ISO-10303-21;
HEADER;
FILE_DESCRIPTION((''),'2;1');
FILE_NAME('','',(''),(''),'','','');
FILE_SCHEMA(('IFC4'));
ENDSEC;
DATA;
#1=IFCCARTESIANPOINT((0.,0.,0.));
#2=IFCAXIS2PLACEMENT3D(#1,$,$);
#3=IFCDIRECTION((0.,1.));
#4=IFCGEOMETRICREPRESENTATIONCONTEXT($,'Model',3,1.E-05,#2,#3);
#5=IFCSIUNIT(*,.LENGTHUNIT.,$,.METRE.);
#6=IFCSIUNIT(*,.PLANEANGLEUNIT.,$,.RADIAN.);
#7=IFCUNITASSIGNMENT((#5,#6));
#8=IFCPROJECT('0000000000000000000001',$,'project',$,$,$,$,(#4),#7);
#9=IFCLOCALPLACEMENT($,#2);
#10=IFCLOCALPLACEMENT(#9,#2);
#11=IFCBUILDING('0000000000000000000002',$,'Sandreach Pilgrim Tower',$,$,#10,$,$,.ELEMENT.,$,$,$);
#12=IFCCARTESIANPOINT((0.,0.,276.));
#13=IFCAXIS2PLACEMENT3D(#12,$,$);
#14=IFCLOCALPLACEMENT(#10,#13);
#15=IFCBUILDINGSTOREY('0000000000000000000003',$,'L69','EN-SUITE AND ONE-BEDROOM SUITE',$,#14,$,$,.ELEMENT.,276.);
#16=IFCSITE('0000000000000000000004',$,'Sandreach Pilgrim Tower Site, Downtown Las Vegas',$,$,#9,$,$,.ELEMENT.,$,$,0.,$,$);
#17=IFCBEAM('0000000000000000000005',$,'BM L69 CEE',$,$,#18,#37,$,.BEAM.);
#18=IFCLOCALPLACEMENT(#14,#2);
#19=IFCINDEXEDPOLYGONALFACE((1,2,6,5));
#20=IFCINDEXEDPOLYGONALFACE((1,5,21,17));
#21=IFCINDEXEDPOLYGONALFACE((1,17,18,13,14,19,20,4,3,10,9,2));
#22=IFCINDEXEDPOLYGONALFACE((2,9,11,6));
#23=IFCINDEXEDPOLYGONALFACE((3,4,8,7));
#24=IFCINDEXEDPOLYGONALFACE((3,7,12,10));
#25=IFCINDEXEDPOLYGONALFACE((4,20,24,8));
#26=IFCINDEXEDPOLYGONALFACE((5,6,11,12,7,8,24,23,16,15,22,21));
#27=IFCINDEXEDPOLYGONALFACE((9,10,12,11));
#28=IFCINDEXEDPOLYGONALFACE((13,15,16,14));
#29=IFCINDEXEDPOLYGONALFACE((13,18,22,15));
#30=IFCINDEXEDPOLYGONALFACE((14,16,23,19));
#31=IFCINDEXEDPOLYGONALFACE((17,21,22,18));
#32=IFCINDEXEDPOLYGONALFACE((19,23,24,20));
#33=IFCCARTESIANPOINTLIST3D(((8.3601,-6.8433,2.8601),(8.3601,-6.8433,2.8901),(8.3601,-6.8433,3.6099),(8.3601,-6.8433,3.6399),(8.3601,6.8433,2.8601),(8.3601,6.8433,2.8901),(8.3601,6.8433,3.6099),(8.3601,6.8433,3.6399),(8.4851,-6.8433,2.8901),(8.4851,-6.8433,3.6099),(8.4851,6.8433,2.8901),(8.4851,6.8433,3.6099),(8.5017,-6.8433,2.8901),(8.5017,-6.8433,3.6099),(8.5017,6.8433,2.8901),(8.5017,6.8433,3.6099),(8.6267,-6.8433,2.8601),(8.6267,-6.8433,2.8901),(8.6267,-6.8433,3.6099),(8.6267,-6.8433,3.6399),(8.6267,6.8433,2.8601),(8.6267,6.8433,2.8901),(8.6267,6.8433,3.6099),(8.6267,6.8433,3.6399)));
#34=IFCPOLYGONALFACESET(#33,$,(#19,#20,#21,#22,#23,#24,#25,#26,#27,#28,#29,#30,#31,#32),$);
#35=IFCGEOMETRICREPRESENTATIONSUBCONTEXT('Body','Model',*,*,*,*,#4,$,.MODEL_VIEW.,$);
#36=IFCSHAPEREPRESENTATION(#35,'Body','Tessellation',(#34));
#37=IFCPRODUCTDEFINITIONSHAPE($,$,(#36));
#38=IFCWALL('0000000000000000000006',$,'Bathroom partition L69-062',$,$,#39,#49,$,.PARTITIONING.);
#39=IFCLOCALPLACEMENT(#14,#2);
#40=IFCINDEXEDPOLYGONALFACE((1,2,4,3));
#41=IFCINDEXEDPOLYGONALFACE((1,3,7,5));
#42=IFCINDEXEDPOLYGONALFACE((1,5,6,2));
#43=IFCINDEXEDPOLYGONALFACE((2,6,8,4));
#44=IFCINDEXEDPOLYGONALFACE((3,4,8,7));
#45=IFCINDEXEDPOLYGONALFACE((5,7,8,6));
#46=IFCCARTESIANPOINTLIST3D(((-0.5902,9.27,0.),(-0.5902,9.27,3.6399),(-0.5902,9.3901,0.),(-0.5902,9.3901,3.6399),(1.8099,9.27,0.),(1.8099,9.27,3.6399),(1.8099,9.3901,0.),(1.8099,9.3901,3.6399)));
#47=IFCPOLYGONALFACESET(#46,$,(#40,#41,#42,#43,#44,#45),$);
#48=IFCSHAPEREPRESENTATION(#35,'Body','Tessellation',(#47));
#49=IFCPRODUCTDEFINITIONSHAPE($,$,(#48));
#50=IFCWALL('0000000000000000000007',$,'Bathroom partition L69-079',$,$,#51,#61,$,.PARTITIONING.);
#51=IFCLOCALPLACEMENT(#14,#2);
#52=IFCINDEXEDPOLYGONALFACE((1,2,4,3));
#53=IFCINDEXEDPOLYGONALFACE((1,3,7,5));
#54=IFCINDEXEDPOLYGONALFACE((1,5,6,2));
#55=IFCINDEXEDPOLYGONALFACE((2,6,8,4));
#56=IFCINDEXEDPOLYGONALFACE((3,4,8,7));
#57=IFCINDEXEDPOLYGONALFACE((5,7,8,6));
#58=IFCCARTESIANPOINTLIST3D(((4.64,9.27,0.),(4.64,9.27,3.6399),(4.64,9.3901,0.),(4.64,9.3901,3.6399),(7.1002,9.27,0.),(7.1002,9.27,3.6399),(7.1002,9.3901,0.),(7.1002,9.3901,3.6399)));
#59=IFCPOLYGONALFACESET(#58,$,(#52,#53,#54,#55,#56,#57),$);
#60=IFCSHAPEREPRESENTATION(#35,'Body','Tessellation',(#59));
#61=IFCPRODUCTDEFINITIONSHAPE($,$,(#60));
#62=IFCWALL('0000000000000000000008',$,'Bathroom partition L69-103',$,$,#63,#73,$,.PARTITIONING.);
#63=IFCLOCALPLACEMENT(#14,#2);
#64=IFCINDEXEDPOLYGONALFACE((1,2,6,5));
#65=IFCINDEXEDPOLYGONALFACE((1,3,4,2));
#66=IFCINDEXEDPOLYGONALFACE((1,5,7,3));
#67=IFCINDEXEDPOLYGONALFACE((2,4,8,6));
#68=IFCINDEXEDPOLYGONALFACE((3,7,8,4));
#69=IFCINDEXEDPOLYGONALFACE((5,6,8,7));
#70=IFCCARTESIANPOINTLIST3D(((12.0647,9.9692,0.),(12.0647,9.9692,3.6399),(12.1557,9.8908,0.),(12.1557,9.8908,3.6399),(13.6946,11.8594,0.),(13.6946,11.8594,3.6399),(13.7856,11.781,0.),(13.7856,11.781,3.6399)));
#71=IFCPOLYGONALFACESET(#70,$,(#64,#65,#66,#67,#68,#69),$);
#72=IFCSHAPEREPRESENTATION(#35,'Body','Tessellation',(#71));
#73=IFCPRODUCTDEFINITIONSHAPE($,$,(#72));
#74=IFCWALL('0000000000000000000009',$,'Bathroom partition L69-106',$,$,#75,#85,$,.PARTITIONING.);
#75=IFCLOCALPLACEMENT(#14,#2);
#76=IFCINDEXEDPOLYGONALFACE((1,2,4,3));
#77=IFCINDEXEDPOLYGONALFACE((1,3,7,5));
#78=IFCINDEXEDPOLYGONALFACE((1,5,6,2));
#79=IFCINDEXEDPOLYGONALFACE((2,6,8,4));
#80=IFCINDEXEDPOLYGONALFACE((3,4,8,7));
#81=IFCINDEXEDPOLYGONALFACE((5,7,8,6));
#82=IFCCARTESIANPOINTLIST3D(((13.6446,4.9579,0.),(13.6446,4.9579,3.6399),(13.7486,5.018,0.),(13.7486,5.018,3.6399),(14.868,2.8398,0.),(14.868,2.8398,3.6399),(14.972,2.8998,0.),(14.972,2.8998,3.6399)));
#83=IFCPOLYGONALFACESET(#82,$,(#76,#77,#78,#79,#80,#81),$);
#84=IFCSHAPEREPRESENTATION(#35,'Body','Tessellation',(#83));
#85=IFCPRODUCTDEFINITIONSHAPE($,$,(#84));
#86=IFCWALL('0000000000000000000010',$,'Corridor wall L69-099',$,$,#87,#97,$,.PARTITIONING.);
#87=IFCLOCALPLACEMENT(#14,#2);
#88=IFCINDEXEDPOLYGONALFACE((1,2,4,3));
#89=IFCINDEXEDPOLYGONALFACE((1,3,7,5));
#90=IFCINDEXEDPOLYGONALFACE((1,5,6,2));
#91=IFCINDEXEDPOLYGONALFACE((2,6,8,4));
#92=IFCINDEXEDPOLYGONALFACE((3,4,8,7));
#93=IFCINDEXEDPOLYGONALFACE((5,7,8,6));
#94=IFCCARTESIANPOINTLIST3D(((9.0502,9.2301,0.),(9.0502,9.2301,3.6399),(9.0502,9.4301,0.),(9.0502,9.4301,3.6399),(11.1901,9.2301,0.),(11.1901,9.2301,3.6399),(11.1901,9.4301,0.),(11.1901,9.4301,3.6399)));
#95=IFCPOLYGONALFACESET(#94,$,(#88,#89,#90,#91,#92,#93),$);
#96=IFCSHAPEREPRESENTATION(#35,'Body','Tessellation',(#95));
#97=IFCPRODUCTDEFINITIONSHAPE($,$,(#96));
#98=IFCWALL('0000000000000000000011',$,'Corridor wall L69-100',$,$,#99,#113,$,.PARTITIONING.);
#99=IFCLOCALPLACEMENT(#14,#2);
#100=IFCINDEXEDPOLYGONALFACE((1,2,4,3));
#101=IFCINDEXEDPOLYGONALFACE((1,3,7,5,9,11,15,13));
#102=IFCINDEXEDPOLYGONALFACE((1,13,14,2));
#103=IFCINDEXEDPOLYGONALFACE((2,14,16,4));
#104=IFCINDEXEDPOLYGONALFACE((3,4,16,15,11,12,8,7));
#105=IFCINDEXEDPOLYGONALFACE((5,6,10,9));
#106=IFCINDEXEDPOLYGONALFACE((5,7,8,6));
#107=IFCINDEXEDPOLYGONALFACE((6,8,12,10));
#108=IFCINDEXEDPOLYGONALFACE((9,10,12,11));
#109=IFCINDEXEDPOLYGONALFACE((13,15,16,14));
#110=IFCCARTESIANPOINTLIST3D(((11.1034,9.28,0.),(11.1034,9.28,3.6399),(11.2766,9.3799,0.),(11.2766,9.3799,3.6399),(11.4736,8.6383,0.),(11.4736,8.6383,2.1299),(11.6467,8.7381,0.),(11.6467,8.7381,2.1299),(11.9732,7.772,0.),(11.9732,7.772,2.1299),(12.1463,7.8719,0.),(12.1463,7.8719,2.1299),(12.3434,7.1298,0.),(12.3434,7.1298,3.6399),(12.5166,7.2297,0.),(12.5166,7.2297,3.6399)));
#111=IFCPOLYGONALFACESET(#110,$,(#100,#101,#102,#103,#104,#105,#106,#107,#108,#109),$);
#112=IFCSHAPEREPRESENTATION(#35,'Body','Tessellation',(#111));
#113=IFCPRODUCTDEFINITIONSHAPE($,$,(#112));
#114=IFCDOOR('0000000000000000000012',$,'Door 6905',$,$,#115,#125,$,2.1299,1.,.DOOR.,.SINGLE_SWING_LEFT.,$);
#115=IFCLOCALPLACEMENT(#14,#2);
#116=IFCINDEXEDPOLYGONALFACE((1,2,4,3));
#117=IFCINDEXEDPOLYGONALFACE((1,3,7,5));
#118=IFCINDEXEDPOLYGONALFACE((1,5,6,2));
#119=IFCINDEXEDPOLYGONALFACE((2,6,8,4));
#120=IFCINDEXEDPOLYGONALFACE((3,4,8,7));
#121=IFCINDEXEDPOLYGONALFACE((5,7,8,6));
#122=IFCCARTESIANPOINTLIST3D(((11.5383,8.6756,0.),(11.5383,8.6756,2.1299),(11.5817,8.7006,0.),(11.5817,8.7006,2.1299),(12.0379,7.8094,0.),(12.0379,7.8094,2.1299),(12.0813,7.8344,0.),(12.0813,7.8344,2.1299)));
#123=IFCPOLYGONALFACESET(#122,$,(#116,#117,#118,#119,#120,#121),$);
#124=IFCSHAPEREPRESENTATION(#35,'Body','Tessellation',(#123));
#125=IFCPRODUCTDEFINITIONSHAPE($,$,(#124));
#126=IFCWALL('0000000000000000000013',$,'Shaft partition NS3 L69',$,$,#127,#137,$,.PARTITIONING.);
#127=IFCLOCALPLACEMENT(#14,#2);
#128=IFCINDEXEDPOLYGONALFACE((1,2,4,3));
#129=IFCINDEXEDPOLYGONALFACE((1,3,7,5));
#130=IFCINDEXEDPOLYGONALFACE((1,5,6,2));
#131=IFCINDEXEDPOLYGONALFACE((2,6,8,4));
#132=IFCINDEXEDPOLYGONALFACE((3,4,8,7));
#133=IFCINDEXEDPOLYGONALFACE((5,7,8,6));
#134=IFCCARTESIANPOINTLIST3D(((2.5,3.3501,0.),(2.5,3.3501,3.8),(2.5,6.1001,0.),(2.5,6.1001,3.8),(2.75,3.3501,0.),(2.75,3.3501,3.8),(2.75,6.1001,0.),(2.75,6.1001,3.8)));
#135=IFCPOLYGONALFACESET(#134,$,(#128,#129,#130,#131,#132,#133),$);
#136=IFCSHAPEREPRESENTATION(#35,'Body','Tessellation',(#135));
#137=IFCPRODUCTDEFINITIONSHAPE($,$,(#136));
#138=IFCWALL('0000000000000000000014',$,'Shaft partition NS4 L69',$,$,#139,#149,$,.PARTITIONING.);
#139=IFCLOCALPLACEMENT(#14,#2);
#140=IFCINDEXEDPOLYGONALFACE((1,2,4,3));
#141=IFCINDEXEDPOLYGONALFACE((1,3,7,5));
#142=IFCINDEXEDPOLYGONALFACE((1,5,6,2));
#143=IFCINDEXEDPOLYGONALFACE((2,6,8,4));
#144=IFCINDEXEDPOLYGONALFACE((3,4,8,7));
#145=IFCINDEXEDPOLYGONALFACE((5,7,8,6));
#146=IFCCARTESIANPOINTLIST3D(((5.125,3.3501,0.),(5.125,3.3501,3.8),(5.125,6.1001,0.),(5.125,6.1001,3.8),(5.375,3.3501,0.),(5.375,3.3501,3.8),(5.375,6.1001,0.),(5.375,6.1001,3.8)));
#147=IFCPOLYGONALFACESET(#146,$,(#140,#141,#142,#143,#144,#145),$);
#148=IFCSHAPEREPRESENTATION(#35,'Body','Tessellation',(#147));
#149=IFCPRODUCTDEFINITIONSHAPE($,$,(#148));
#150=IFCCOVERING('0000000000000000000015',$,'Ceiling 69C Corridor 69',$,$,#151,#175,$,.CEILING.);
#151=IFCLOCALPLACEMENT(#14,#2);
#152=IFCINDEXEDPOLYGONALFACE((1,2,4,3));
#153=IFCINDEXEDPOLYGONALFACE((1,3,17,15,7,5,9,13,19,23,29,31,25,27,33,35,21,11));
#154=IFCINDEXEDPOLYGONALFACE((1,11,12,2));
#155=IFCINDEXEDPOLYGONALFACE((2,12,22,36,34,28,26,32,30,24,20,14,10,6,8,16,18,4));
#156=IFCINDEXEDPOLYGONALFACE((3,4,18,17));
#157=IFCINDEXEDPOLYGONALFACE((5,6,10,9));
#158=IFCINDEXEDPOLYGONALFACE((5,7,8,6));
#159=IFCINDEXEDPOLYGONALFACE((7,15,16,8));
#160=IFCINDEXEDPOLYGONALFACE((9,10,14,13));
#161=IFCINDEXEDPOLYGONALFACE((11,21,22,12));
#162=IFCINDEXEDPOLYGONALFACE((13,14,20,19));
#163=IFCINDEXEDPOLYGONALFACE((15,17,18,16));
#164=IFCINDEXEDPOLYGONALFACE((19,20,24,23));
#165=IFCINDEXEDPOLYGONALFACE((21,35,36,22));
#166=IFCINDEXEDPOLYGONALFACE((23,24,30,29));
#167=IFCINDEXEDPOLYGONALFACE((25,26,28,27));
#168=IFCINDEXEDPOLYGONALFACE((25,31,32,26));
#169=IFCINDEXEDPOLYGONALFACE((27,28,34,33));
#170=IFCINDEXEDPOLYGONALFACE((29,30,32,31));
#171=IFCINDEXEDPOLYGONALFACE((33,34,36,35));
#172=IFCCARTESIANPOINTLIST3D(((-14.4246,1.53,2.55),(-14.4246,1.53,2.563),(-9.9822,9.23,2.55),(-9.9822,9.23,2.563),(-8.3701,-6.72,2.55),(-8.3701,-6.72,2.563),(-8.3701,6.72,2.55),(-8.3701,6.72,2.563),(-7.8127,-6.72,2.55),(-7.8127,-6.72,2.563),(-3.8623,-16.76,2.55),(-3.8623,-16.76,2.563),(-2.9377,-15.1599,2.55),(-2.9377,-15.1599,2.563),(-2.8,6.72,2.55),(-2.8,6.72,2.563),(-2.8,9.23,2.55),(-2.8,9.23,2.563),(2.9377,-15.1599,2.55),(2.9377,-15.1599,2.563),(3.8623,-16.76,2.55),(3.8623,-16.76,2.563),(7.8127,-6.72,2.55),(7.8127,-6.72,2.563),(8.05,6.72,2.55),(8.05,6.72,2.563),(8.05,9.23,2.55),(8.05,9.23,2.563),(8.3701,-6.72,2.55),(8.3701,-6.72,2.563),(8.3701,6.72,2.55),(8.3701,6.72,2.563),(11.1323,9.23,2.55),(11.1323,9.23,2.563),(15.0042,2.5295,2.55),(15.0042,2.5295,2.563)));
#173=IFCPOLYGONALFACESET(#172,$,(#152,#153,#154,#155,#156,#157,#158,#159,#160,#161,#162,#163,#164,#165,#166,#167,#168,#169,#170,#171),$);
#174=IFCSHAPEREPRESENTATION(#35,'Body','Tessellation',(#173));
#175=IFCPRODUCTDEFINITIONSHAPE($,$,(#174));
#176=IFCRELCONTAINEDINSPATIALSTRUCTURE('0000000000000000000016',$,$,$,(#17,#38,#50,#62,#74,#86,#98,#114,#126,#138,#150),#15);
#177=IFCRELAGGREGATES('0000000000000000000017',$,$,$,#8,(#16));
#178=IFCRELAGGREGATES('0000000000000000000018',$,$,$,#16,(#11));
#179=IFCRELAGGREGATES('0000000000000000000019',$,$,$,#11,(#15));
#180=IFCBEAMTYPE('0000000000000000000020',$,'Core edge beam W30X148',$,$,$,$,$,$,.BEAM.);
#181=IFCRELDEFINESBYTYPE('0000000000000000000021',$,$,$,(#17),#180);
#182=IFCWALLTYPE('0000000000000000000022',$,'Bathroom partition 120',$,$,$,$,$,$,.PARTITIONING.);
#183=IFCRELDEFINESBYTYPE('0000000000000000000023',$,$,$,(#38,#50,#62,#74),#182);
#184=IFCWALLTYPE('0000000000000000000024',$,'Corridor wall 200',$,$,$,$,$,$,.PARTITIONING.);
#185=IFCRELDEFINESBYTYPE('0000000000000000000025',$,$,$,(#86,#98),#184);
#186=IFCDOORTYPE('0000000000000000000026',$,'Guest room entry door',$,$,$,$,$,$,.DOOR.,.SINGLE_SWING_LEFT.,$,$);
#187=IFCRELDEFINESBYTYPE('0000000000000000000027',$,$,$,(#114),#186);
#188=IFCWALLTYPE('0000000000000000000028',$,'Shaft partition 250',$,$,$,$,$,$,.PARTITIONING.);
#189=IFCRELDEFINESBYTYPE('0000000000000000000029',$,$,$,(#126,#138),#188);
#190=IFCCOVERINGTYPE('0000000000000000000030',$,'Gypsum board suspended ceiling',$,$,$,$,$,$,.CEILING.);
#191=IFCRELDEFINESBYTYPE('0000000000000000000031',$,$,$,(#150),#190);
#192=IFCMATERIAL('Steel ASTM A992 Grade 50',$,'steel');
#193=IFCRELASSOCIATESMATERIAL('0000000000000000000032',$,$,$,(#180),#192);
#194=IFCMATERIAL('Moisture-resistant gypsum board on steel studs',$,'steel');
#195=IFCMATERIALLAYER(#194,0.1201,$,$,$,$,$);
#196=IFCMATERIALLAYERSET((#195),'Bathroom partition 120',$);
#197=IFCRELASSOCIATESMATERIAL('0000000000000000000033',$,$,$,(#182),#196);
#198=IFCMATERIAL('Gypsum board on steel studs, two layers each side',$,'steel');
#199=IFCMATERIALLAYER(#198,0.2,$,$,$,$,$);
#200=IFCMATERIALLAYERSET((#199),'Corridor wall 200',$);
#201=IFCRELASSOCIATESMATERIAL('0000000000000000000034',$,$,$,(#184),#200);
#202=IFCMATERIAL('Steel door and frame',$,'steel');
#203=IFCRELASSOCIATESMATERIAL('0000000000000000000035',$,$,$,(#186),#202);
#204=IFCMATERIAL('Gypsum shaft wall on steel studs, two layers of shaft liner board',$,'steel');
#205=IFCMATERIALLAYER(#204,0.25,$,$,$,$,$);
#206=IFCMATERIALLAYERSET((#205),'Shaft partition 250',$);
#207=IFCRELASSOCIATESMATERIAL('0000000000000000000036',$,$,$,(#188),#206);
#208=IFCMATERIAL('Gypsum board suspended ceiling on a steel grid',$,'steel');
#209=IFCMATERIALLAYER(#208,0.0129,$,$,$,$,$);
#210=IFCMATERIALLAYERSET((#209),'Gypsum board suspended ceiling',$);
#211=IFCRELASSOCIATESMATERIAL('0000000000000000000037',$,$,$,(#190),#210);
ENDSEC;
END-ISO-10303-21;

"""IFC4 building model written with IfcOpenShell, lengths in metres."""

from ifc_helpers import new_model, si_unit, direction, frame, frame_2d, origin, origin_2d, place, context, subcontext, project, spatial, polyline, rectangle, i_section, outline, extrude, material, layer, layer_set, material_profile, profile_set, type_object, element, fill, save


model = new_model("IFC4")

# Units and contexts
model_context = context("Model", 3, precision=1e-05, world=origin(), true_north=direction((0.0, 1.0)))
body_context = subcontext(model_context, "Body", "Model", "MODEL_VIEW")
ifc_project = project(units=[si_unit("LENGTHUNIT", "METRE"), si_unit("PLANEANGLEUNIT", "RADIAN")], contexts=[model_context])

# Site, building, storey
site_placement = place(None, origin())
site = spatial("IfcSite", under=ifc_project, at=site_placement, Name="Sandreach Pilgrim Tower Site, Downtown Las Vegas", CompositionType="ELEMENT", RefElevation=0.0)
building_placement = place(site_placement, origin())
building = spatial("IfcBuilding", under=site, at=building_placement, Name="Sandreach Pilgrim Tower", CompositionType="ELEMENT")
storey_placement = place(building_placement, frame((0.0, 0.0, 276.0)))
storey = spatial("IfcBuildingStorey", under=building, at=storey_placement, Name="L69", Description="EN-SUITE AND ONE-BEDROOM SUITE", CompositionType="ELEMENT", Elevation=276.0)

# Beam
ifc_material_1 = material(Name="Steel ASTM A992 Grade 50", Category="steel")
ifc_material_profile = material_profile(ifc_material_1, i_section(OverallWidth=0.2666, OverallDepth=0.7798, WebThickness=0.0166, FlangeThickness=0.03, at=origin_2d()), Name="W30X148")
ifc_profile_set = profile_set([ifc_material_profile], Name="Steel ASTM A992 Grade 50")
beam_type = type_object("IfcBeamType", Name="Core edge beam W30X148", PredefinedType="BEAM", material=ifc_profile_set)
beam_placement = place(storey_placement, frame((8.4934, 6.8433, 3.25), z_axis=(0.0, -1.0, 0.0), x_axis=(1.0, 0.0, 0.0)))
element("IfcBeam", 1, at=beam_placement, inside=storey, type_object=beam_type, Name="BM L69 CEE", PredefinedType="BEAM", context=body_context, shape_type="SweptSolid", body=[
    extrude(i_section(OverallWidth=0.2666, OverallDepth=0.7798, WebThickness=0.0166, FlangeThickness=0.03, at=origin_2d()), origin(), (0.0, 0.0, 1.0), 13.6865),
])

# Walls
ifc_material_2 = material(Name="Moisture-resistant gypsum board on steel studs", Category="steel")
ifc_layer_1 = layer(ifc_material_2, 0.1201)
ifc_layer_set_1 = layer_set([ifc_layer_1], Name="Bathroom partition 120")
wall_type_1 = type_object("IfcWallType", Name="Bathroom partition 120", PredefinedType="PARTITIONING", material=ifc_layer_set_1)
wall_1_placement = place(storey_placement, frame((1.8101, 9.3301, 0.0), z_axis=(0.0, 0.0, 1.0), x_axis=(-1.0, 0.0, 0.0)))
element("IfcWall", 2, at=wall_1_placement, inside=storey, type_object=wall_type_1, Name="Bathroom partition L69-062", PredefinedType="PARTITIONING", context=body_context, shape_type="SweptSolid", body=[
    extrude(rectangle(XDim=2.4001, YDim=0.1201, at=frame_2d((1.2002, 0.0))), origin(), (0.0, 0.0, 1.0), 3.6399),
])
wall_2_placement = place(storey_placement, frame((7.1001, 9.3301, 0.0), z_axis=(0.0, 0.0, 1.0), x_axis=(-1.0, 0.0, 0.0)))
element("IfcWall", 3, at=wall_2_placement, inside=storey, type_object=wall_type_1, Name="Bathroom partition L69-079", PredefinedType="PARTITIONING", context=body_context, shape_type="SweptSolid", body=[
    extrude(rectangle(XDim=2.4602, YDim=0.1201, at=frame_2d((1.23, 0.0))), origin(), (0.0, 0.0, 1.0), 3.6399),
])
wall_3_placement = place(storey_placement, frame((12.1101, 9.9299, 0.0), z_axis=(0.0, 0.0, 1.0), x_axis=(0.653044, 0.75732, 0.0)))
element("IfcWall", 4, at=wall_3_placement, inside=storey, type_object=wall_type_1, Name="Bathroom partition L69-103", PredefinedType="PARTITIONING", context=body_context, shape_type="SweptSolid", body=[
    extrude(rectangle(XDim=2.4958, YDim=0.1201, at=frame_2d((1.248, 0.0))), origin(), (0.0, 0.0, 1.0), 3.6399),
])
wall_4_placement = place(storey_placement, frame((13.6965, 4.988, 0.0), z_axis=(0.0, 0.0, 1.0), x_axis=(0.500143, -0.865943, 0.0)))
element("IfcWall", 5, at=wall_4_placement, inside=storey, type_object=wall_type_1, Name="Bathroom partition L69-106", PredefinedType="PARTITIONING", context=body_context, shape_type="SweptSolid", body=[
    extrude(rectangle(XDim=2.446, YDim=0.1201, at=frame_2d((1.2231, 0.0))), origin(), (0.0, 0.0, 1.0), 3.6399),
])

# Shared definitions
ifc_material_3 = material(Name="Gypsum board on steel studs, two layers each side", Category="steel")
ifc_layer_2 = layer(ifc_material_3, 0.2)
ifc_layer_set_2 = layer_set([ifc_layer_2], Name="Corridor wall 200")
wall_type_2 = type_object("IfcWallType", Name="Corridor wall 200", PredefinedType="PARTITIONING", material=ifc_layer_set_2)
ifc_material_4 = material(Name="Steel door and frame", Category="steel")
door_type_1 = type_object("IfcDoorType", Name="Guest room entry door", OperationType="SINGLE_SWING_LEFT", PredefinedType="DOOR", material=ifc_material_4)

# Wall
wall_5_placement = place(storey_placement, frame((11.1899, 9.3301, 0.0), z_axis=(0.0, 0.0, 1.0), x_axis=(-1.0, 0.0, 0.0)))
element("IfcWall", 6, at=wall_5_placement, inside=storey, type_object=wall_type_2, Name="Corridor wall L69-099", PredefinedType="PARTITIONING", context=body_context, shape_type="SweptSolid", body=[
    extrude(rectangle(XDim=2.1399, YDim=0.2, at=frame_2d((1.0698, 0.0))), origin(), (0.0, 0.0, 1.0), 3.6399),
])

# Wall, opening, door
wall_6_placement = place(storey_placement, frame((11.1899, 9.3301, 0.0), z_axis=(0.0, 0.0, 1.0), x_axis=(0.499578, -0.866269, 0.0)))
wall_6 = element("IfcWall", 7, at=wall_6_placement, inside=storey, type_object=wall_type_2, Name="Corridor wall L69-100", PredefinedType="PARTITIONING", context=body_context, shape_type="SweptSolid", body=[
    extrude(rectangle(XDim=2.4822, YDim=0.2, at=frame_2d((1.2412, 0.0))), origin(), (0.0, 0.0, 1.0), 3.6399),
])
opening_1_placement = place(wall_6_placement, frame((0.741, 0.0, 0.0)))
opening_1 = element("IfcOpeningElement", 8, at=opening_1_placement, cuts=wall_6, PredefinedType="OPENING", context=body_context, shape_type="SweptSolid", body=[
    extrude(rectangle(XDim=1.0, YDim=2.1299, at=frame_2d((0.5, 1.0649))), frame((0.0, 0.1001, 0.0), z_axis=(0.0, -1.0, 0.0), x_axis=(1.0, 0.0, 0.0)), (0.0, 0.0, 1.0), 0.2),
])
door_1_placement = place(opening_1_placement, origin())
door_1 = element("IfcDoor", 9, at=door_1_placement, inside=storey, type_object=door_type_1, Name="Door 6905", OperationType="SINGLE_SWING_LEFT", OverallHeight=2.1299, OverallWidth=1.0, PredefinedType="DOOR", context=body_context, shape_type="SweptSolid", body=[
    extrude(rectangle(XDim=1.0, YDim=2.1299, at=frame_2d((0.5, 1.0649))), frame((0.0, 0.0249, 0.0), z_axis=(0.0, -1.0, 0.0), x_axis=(1.0, 0.0, 0.0)), (0.0, 0.0, 1.0), 0.05),
])
fill(opening_1, door_1)

# Walls
ifc_material_5 = material(Name="Gypsum shaft wall on steel studs, two layers of shaft liner board", Category="steel")
ifc_layer_3 = layer(ifc_material_5, 0.25)
ifc_layer_set_3 = layer_set([ifc_layer_3], Name="Shaft partition 250")
wall_type_3 = type_object("IfcWallType", Name="Shaft partition 250", PredefinedType="PARTITIONING", material=ifc_layer_set_3)
for number, where, z_axis, x_axis, name in (
    (10, (2.625, 3.3501, 0.0), (0.0, 0.0, 1.0), (0.0, 1.0, 0.0), "Shaft partition NS3 L69"),
    (11, (5.25, 3.3501, 0.0), (0.0, 0.0, 1.0), (0.0, 1.0, 0.0), "Shaft partition NS4 L69"),
):
    element("IfcWall", number, at=place(storey_placement, frame(where, z_axis=z_axis, x_axis=x_axis)), inside=storey, type_object=wall_type_3, Name=name, PredefinedType="PARTITIONING", context=body_context, shape_type="SweptSolid", body=[
        extrude(rectangle(XDim=2.75, YDim=0.25, at=frame_2d((1.375, 0.0))), origin(), (0.0, 0.0, 1.0), 3.8),
    ])

# Covering
ifc_material_6 = material(Name="Gypsum board suspended ceiling on a steel grid", Category="steel")
ifc_layer_4 = layer(ifc_material_6, 0.0129)
ifc_layer_set_4 = layer_set([ifc_layer_4], Name="Gypsum board suspended ceiling")
covering_type = type_object("IfcCoveringType", Name="Gypsum board suspended ceiling", PredefinedType="CEILING", material=ifc_layer_set_4)
covering_placement = place(storey_placement, frame((0.0, 0.0, 2.55)))
element("IfcCovering", 12, at=covering_placement, inside=storey, type_object=covering_type, Name="Ceiling 69C Corridor 69", PredefinedType="CEILING", context=body_context, shape_type="SweptSolid", body=[
    extrude(outline(polyline([(-14.4246, 1.53), (-9.9822, 9.23), (-2.8, 9.23), (-2.8, 6.72), (-8.3701, 6.72), (-8.3701, -6.72), (-7.8127, -6.72), (-2.9377, -15.1599), (2.9377, -15.1599), (7.8127, -6.72), (8.3701, -6.72), (8.3701, 6.72), (8.05, 6.72), (8.05, 9.23), (11.1323, 9.23), (15.0042, 2.5295), (3.8623, -16.76), (-3.8623, -16.76), (-14.4246, 1.53)])), origin(), (0.0, 0.0, 1.0), 0.0129),
])

save(model, "model.ifc")
